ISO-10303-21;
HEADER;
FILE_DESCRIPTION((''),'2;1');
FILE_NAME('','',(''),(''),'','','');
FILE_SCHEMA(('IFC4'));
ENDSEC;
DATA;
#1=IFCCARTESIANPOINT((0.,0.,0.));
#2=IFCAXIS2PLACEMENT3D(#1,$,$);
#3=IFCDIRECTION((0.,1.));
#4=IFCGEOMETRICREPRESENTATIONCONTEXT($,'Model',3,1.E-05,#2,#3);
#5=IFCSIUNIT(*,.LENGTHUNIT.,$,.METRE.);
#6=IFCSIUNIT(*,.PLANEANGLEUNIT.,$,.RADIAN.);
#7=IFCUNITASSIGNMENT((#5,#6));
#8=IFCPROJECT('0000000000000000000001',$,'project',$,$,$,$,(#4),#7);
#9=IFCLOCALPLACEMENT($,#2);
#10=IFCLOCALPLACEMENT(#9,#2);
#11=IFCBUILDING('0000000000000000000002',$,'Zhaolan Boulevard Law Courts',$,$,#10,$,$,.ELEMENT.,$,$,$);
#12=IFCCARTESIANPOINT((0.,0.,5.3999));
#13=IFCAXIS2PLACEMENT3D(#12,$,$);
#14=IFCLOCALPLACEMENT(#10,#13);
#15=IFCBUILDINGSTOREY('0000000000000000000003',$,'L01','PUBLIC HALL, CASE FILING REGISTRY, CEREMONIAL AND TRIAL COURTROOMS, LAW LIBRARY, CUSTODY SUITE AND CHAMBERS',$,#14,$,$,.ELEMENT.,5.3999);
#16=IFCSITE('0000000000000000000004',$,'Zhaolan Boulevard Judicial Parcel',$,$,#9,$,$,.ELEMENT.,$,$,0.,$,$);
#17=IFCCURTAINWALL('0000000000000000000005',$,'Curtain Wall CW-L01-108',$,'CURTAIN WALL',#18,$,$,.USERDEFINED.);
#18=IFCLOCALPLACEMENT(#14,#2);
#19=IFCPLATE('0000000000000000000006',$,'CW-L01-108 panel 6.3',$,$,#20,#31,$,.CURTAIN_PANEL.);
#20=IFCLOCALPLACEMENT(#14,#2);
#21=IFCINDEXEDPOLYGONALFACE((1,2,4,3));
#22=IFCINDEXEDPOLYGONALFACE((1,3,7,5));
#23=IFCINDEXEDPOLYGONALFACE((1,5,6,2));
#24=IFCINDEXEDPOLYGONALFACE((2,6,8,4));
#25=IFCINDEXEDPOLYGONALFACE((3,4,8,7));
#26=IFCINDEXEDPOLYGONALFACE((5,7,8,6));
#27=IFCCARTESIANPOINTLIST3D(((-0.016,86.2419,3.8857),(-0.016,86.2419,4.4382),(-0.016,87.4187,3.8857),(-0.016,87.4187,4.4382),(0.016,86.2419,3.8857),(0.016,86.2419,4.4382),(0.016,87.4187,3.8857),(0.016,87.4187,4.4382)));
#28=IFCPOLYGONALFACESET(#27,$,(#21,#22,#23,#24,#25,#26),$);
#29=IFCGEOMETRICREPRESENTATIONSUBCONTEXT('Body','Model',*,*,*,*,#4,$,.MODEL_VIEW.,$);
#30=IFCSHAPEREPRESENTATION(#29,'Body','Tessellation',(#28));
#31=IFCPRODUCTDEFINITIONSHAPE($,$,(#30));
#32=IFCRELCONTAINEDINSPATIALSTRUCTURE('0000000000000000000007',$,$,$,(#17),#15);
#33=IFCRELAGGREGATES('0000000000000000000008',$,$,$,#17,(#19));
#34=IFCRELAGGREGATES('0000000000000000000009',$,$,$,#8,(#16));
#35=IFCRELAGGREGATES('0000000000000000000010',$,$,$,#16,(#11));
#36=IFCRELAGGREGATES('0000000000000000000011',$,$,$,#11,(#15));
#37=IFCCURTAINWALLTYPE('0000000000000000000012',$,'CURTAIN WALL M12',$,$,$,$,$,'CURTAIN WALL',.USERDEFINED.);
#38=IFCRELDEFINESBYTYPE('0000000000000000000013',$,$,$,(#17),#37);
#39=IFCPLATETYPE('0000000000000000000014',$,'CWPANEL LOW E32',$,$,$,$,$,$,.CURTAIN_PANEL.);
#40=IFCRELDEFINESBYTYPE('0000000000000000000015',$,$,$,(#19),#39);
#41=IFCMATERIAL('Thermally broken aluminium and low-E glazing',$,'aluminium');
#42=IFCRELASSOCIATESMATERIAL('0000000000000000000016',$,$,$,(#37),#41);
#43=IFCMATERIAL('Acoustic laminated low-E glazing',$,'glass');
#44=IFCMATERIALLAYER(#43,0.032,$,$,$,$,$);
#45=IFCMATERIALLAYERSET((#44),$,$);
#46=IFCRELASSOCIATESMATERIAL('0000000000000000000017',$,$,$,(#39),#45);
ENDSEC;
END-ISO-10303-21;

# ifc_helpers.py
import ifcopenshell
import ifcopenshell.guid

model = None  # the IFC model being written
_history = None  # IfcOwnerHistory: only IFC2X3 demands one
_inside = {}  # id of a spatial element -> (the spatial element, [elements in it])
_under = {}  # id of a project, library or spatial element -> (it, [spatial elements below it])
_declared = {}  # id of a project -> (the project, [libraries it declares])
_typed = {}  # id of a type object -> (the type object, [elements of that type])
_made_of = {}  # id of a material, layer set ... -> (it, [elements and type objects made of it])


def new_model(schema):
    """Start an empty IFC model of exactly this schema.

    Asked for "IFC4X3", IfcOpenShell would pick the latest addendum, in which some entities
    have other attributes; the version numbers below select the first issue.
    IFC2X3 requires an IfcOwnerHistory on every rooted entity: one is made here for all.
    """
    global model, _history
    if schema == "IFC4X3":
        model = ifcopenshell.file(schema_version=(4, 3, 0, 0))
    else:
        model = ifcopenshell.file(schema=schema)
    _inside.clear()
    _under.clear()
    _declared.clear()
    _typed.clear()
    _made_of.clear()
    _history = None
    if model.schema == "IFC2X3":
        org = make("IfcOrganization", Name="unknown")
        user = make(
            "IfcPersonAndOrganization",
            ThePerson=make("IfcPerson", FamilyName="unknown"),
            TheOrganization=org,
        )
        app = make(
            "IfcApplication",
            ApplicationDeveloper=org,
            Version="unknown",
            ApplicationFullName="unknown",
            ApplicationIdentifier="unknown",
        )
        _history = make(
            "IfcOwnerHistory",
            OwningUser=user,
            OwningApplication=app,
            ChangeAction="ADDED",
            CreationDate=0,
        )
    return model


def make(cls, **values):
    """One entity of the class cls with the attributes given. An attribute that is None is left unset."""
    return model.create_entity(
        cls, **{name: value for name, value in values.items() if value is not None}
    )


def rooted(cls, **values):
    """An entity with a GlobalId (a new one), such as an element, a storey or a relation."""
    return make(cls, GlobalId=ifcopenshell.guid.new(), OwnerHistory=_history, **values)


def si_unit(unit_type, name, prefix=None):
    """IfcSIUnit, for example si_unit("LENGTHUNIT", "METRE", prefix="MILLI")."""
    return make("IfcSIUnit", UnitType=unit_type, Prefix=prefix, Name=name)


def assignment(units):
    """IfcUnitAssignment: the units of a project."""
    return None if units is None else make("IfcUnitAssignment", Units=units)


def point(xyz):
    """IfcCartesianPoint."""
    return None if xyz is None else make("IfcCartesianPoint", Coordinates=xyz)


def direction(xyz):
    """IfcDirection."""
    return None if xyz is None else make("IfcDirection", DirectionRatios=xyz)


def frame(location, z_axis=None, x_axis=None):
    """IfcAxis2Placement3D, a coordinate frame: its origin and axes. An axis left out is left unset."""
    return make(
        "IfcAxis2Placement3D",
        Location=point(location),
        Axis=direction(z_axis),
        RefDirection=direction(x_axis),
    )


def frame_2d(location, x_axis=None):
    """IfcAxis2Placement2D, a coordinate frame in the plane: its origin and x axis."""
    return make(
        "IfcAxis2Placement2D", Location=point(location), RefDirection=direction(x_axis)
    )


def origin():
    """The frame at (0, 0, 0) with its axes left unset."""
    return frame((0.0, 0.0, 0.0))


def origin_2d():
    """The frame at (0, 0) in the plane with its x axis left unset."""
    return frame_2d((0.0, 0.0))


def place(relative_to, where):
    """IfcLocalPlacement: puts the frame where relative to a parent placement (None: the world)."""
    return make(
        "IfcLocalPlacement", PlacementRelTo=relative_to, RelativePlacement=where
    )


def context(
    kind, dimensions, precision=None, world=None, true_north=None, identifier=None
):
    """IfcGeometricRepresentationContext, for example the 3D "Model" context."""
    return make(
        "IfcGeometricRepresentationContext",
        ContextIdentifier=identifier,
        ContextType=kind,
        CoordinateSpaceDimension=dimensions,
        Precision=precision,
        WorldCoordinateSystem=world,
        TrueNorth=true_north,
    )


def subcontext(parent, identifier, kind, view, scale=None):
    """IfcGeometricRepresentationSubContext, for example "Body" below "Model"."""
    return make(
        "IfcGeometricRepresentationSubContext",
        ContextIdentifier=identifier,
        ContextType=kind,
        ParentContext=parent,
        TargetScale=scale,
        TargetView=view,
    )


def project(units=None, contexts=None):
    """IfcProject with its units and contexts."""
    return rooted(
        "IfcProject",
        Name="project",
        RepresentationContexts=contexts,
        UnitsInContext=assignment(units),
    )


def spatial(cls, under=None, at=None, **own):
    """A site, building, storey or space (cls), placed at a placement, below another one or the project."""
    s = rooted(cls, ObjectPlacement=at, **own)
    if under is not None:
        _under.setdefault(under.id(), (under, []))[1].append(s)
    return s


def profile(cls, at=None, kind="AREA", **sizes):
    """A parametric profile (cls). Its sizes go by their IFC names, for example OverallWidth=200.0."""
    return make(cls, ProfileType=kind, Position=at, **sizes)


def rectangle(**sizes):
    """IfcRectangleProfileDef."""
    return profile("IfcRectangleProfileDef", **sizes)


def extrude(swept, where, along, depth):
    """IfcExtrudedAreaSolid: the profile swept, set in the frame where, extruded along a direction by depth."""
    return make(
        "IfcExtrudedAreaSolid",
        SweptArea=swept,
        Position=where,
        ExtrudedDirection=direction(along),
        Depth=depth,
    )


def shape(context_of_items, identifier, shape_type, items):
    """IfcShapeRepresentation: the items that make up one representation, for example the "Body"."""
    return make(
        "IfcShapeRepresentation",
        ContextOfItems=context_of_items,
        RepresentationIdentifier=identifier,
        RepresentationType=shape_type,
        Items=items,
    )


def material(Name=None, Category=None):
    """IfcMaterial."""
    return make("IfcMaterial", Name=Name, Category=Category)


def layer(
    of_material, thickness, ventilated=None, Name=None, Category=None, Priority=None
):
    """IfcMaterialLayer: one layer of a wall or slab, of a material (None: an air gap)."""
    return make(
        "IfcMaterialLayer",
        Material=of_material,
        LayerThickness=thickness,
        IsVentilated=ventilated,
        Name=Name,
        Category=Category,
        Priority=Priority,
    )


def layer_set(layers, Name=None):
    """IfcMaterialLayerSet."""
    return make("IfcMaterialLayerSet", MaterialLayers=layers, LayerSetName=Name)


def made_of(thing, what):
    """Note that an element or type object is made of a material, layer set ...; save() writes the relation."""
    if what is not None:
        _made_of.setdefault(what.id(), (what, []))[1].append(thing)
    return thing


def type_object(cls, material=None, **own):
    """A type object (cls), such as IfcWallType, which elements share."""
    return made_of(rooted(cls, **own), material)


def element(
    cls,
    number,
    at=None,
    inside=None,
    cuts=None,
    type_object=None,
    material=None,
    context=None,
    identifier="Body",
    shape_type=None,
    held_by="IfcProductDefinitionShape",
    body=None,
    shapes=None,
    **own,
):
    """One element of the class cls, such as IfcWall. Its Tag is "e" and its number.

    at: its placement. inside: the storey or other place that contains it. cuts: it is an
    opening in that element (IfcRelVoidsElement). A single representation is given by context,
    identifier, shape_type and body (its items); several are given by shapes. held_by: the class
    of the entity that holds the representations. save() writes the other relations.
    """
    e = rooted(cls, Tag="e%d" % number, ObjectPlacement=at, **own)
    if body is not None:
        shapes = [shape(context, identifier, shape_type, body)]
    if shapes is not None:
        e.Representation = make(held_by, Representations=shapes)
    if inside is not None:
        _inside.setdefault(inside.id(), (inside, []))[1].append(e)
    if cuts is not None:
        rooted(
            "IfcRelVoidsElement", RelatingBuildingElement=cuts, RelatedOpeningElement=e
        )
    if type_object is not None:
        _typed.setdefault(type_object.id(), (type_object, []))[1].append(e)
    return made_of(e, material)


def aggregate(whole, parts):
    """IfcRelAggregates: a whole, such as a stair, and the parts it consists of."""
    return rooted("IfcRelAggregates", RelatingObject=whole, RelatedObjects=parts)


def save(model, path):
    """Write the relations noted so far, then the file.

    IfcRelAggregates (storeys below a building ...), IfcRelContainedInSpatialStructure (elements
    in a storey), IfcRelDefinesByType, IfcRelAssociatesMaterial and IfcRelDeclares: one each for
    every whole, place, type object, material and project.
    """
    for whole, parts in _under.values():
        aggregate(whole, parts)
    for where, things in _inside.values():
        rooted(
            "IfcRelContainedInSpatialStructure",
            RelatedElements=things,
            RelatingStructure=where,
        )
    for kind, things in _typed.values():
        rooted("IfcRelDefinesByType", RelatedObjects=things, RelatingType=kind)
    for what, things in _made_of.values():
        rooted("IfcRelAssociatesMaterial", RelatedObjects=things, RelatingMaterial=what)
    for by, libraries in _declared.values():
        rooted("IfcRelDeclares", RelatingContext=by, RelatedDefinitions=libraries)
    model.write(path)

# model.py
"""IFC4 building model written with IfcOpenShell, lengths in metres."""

from ifc_helpers import new_model, si_unit, direction, frame, origin, origin_2d, place, context, subcontext, project, spatial, rectangle, extrude, material, layer, layer_set, type_object, element, aggregate, save


model = new_model("IFC4")

# Units and contexts
model_context = context("Model", 3, precision=1e-05, world=origin(), true_north=direction((0.0, 1.0)))
body_context = subcontext(model_context, "Body", "Model", "MODEL_VIEW")
ifc_project = project(units=[si_unit("LENGTHUNIT", "METRE"), si_unit("PLANEANGLEUNIT", "RADIAN")], contexts=[model_context])

# Site, building, storey
site_placement = place(None, origin())
site = spatial("IfcSite", under=ifc_project, at=site_placement, Name="Zhaolan Boulevard Judicial Parcel", CompositionType="ELEMENT", RefElevation=0.0)
building_placement = place(site_placement, origin())
building = spatial("IfcBuilding", under=site, at=building_placement, Name="Zhaolan Boulevard Law Courts", CompositionType="ELEMENT")
storey_placement = place(building_placement, frame((0.0, 0.0, 5.3999)))
storey = spatial("IfcBuildingStorey", under=building, at=storey_placement, Name="L01", Description="PUBLIC HALL, CASE FILING REGISTRY, CEREMONIAL AND TRIAL COURTROOMS, LAW LIBRARY, CUSTODY SUITE AND CHAMBERS", CompositionType="ELEMENT", Elevation=5.3999)

# Curtain wall
ifc_material_1 = material(Name="Thermally broken aluminium and low-E glazing", Category="aluminium")
curtain_wall_type_1 = type_object("IfcCurtainWallType", Name="CURTAIN WALL M12", ElementType="CURTAIN WALL", PredefinedType="USERDEFINED", material=ifc_material_1)
curtain_wall_1_placement = place(storey_placement, origin())
curtain_wall_1 = element("IfcCurtainWall", 1, at=curtain_wall_1_placement, inside=storey, type_object=curtain_wall_type_1, Name="Curtain Wall CW-L01-108", ObjectType="CURTAIN WALL", PredefinedType="USERDEFINED")

# Plate
ifc_material_2 = material(Name="Acoustic laminated low-E glazing", Category="glass")
ifc_layer = layer(ifc_material_2, 0.032)
ifc_layer_set = layer_set([ifc_layer])
plate_type = type_object("IfcPlateType", Name="CWPANEL LOW E32", PredefinedType="CURTAIN_PANEL", material=ifc_layer_set)
plate_1_placement = place(storey_placement, frame((0.0, 86.8303, 3.8857), z_axis=(0.0, 0.0, 1.0), x_axis=(0.0, -1.0, 0.0)))
plate_1 = element("IfcPlate", 2, at=plate_1_placement, type_object=plate_type, Name="CW-L01-108 panel 6.3", PredefinedType="CURTAIN_PANEL", context=body_context, shape_type="SweptSolid", body=[
    extrude(rectangle(XDim=1.1768, YDim=0.032, at=origin_2d()), origin(), (0.0, 0.0, 1.0), 0.5525),
])
aggregate(curtain_wall_1, [plate_1])

save(model, "model.ifc")
